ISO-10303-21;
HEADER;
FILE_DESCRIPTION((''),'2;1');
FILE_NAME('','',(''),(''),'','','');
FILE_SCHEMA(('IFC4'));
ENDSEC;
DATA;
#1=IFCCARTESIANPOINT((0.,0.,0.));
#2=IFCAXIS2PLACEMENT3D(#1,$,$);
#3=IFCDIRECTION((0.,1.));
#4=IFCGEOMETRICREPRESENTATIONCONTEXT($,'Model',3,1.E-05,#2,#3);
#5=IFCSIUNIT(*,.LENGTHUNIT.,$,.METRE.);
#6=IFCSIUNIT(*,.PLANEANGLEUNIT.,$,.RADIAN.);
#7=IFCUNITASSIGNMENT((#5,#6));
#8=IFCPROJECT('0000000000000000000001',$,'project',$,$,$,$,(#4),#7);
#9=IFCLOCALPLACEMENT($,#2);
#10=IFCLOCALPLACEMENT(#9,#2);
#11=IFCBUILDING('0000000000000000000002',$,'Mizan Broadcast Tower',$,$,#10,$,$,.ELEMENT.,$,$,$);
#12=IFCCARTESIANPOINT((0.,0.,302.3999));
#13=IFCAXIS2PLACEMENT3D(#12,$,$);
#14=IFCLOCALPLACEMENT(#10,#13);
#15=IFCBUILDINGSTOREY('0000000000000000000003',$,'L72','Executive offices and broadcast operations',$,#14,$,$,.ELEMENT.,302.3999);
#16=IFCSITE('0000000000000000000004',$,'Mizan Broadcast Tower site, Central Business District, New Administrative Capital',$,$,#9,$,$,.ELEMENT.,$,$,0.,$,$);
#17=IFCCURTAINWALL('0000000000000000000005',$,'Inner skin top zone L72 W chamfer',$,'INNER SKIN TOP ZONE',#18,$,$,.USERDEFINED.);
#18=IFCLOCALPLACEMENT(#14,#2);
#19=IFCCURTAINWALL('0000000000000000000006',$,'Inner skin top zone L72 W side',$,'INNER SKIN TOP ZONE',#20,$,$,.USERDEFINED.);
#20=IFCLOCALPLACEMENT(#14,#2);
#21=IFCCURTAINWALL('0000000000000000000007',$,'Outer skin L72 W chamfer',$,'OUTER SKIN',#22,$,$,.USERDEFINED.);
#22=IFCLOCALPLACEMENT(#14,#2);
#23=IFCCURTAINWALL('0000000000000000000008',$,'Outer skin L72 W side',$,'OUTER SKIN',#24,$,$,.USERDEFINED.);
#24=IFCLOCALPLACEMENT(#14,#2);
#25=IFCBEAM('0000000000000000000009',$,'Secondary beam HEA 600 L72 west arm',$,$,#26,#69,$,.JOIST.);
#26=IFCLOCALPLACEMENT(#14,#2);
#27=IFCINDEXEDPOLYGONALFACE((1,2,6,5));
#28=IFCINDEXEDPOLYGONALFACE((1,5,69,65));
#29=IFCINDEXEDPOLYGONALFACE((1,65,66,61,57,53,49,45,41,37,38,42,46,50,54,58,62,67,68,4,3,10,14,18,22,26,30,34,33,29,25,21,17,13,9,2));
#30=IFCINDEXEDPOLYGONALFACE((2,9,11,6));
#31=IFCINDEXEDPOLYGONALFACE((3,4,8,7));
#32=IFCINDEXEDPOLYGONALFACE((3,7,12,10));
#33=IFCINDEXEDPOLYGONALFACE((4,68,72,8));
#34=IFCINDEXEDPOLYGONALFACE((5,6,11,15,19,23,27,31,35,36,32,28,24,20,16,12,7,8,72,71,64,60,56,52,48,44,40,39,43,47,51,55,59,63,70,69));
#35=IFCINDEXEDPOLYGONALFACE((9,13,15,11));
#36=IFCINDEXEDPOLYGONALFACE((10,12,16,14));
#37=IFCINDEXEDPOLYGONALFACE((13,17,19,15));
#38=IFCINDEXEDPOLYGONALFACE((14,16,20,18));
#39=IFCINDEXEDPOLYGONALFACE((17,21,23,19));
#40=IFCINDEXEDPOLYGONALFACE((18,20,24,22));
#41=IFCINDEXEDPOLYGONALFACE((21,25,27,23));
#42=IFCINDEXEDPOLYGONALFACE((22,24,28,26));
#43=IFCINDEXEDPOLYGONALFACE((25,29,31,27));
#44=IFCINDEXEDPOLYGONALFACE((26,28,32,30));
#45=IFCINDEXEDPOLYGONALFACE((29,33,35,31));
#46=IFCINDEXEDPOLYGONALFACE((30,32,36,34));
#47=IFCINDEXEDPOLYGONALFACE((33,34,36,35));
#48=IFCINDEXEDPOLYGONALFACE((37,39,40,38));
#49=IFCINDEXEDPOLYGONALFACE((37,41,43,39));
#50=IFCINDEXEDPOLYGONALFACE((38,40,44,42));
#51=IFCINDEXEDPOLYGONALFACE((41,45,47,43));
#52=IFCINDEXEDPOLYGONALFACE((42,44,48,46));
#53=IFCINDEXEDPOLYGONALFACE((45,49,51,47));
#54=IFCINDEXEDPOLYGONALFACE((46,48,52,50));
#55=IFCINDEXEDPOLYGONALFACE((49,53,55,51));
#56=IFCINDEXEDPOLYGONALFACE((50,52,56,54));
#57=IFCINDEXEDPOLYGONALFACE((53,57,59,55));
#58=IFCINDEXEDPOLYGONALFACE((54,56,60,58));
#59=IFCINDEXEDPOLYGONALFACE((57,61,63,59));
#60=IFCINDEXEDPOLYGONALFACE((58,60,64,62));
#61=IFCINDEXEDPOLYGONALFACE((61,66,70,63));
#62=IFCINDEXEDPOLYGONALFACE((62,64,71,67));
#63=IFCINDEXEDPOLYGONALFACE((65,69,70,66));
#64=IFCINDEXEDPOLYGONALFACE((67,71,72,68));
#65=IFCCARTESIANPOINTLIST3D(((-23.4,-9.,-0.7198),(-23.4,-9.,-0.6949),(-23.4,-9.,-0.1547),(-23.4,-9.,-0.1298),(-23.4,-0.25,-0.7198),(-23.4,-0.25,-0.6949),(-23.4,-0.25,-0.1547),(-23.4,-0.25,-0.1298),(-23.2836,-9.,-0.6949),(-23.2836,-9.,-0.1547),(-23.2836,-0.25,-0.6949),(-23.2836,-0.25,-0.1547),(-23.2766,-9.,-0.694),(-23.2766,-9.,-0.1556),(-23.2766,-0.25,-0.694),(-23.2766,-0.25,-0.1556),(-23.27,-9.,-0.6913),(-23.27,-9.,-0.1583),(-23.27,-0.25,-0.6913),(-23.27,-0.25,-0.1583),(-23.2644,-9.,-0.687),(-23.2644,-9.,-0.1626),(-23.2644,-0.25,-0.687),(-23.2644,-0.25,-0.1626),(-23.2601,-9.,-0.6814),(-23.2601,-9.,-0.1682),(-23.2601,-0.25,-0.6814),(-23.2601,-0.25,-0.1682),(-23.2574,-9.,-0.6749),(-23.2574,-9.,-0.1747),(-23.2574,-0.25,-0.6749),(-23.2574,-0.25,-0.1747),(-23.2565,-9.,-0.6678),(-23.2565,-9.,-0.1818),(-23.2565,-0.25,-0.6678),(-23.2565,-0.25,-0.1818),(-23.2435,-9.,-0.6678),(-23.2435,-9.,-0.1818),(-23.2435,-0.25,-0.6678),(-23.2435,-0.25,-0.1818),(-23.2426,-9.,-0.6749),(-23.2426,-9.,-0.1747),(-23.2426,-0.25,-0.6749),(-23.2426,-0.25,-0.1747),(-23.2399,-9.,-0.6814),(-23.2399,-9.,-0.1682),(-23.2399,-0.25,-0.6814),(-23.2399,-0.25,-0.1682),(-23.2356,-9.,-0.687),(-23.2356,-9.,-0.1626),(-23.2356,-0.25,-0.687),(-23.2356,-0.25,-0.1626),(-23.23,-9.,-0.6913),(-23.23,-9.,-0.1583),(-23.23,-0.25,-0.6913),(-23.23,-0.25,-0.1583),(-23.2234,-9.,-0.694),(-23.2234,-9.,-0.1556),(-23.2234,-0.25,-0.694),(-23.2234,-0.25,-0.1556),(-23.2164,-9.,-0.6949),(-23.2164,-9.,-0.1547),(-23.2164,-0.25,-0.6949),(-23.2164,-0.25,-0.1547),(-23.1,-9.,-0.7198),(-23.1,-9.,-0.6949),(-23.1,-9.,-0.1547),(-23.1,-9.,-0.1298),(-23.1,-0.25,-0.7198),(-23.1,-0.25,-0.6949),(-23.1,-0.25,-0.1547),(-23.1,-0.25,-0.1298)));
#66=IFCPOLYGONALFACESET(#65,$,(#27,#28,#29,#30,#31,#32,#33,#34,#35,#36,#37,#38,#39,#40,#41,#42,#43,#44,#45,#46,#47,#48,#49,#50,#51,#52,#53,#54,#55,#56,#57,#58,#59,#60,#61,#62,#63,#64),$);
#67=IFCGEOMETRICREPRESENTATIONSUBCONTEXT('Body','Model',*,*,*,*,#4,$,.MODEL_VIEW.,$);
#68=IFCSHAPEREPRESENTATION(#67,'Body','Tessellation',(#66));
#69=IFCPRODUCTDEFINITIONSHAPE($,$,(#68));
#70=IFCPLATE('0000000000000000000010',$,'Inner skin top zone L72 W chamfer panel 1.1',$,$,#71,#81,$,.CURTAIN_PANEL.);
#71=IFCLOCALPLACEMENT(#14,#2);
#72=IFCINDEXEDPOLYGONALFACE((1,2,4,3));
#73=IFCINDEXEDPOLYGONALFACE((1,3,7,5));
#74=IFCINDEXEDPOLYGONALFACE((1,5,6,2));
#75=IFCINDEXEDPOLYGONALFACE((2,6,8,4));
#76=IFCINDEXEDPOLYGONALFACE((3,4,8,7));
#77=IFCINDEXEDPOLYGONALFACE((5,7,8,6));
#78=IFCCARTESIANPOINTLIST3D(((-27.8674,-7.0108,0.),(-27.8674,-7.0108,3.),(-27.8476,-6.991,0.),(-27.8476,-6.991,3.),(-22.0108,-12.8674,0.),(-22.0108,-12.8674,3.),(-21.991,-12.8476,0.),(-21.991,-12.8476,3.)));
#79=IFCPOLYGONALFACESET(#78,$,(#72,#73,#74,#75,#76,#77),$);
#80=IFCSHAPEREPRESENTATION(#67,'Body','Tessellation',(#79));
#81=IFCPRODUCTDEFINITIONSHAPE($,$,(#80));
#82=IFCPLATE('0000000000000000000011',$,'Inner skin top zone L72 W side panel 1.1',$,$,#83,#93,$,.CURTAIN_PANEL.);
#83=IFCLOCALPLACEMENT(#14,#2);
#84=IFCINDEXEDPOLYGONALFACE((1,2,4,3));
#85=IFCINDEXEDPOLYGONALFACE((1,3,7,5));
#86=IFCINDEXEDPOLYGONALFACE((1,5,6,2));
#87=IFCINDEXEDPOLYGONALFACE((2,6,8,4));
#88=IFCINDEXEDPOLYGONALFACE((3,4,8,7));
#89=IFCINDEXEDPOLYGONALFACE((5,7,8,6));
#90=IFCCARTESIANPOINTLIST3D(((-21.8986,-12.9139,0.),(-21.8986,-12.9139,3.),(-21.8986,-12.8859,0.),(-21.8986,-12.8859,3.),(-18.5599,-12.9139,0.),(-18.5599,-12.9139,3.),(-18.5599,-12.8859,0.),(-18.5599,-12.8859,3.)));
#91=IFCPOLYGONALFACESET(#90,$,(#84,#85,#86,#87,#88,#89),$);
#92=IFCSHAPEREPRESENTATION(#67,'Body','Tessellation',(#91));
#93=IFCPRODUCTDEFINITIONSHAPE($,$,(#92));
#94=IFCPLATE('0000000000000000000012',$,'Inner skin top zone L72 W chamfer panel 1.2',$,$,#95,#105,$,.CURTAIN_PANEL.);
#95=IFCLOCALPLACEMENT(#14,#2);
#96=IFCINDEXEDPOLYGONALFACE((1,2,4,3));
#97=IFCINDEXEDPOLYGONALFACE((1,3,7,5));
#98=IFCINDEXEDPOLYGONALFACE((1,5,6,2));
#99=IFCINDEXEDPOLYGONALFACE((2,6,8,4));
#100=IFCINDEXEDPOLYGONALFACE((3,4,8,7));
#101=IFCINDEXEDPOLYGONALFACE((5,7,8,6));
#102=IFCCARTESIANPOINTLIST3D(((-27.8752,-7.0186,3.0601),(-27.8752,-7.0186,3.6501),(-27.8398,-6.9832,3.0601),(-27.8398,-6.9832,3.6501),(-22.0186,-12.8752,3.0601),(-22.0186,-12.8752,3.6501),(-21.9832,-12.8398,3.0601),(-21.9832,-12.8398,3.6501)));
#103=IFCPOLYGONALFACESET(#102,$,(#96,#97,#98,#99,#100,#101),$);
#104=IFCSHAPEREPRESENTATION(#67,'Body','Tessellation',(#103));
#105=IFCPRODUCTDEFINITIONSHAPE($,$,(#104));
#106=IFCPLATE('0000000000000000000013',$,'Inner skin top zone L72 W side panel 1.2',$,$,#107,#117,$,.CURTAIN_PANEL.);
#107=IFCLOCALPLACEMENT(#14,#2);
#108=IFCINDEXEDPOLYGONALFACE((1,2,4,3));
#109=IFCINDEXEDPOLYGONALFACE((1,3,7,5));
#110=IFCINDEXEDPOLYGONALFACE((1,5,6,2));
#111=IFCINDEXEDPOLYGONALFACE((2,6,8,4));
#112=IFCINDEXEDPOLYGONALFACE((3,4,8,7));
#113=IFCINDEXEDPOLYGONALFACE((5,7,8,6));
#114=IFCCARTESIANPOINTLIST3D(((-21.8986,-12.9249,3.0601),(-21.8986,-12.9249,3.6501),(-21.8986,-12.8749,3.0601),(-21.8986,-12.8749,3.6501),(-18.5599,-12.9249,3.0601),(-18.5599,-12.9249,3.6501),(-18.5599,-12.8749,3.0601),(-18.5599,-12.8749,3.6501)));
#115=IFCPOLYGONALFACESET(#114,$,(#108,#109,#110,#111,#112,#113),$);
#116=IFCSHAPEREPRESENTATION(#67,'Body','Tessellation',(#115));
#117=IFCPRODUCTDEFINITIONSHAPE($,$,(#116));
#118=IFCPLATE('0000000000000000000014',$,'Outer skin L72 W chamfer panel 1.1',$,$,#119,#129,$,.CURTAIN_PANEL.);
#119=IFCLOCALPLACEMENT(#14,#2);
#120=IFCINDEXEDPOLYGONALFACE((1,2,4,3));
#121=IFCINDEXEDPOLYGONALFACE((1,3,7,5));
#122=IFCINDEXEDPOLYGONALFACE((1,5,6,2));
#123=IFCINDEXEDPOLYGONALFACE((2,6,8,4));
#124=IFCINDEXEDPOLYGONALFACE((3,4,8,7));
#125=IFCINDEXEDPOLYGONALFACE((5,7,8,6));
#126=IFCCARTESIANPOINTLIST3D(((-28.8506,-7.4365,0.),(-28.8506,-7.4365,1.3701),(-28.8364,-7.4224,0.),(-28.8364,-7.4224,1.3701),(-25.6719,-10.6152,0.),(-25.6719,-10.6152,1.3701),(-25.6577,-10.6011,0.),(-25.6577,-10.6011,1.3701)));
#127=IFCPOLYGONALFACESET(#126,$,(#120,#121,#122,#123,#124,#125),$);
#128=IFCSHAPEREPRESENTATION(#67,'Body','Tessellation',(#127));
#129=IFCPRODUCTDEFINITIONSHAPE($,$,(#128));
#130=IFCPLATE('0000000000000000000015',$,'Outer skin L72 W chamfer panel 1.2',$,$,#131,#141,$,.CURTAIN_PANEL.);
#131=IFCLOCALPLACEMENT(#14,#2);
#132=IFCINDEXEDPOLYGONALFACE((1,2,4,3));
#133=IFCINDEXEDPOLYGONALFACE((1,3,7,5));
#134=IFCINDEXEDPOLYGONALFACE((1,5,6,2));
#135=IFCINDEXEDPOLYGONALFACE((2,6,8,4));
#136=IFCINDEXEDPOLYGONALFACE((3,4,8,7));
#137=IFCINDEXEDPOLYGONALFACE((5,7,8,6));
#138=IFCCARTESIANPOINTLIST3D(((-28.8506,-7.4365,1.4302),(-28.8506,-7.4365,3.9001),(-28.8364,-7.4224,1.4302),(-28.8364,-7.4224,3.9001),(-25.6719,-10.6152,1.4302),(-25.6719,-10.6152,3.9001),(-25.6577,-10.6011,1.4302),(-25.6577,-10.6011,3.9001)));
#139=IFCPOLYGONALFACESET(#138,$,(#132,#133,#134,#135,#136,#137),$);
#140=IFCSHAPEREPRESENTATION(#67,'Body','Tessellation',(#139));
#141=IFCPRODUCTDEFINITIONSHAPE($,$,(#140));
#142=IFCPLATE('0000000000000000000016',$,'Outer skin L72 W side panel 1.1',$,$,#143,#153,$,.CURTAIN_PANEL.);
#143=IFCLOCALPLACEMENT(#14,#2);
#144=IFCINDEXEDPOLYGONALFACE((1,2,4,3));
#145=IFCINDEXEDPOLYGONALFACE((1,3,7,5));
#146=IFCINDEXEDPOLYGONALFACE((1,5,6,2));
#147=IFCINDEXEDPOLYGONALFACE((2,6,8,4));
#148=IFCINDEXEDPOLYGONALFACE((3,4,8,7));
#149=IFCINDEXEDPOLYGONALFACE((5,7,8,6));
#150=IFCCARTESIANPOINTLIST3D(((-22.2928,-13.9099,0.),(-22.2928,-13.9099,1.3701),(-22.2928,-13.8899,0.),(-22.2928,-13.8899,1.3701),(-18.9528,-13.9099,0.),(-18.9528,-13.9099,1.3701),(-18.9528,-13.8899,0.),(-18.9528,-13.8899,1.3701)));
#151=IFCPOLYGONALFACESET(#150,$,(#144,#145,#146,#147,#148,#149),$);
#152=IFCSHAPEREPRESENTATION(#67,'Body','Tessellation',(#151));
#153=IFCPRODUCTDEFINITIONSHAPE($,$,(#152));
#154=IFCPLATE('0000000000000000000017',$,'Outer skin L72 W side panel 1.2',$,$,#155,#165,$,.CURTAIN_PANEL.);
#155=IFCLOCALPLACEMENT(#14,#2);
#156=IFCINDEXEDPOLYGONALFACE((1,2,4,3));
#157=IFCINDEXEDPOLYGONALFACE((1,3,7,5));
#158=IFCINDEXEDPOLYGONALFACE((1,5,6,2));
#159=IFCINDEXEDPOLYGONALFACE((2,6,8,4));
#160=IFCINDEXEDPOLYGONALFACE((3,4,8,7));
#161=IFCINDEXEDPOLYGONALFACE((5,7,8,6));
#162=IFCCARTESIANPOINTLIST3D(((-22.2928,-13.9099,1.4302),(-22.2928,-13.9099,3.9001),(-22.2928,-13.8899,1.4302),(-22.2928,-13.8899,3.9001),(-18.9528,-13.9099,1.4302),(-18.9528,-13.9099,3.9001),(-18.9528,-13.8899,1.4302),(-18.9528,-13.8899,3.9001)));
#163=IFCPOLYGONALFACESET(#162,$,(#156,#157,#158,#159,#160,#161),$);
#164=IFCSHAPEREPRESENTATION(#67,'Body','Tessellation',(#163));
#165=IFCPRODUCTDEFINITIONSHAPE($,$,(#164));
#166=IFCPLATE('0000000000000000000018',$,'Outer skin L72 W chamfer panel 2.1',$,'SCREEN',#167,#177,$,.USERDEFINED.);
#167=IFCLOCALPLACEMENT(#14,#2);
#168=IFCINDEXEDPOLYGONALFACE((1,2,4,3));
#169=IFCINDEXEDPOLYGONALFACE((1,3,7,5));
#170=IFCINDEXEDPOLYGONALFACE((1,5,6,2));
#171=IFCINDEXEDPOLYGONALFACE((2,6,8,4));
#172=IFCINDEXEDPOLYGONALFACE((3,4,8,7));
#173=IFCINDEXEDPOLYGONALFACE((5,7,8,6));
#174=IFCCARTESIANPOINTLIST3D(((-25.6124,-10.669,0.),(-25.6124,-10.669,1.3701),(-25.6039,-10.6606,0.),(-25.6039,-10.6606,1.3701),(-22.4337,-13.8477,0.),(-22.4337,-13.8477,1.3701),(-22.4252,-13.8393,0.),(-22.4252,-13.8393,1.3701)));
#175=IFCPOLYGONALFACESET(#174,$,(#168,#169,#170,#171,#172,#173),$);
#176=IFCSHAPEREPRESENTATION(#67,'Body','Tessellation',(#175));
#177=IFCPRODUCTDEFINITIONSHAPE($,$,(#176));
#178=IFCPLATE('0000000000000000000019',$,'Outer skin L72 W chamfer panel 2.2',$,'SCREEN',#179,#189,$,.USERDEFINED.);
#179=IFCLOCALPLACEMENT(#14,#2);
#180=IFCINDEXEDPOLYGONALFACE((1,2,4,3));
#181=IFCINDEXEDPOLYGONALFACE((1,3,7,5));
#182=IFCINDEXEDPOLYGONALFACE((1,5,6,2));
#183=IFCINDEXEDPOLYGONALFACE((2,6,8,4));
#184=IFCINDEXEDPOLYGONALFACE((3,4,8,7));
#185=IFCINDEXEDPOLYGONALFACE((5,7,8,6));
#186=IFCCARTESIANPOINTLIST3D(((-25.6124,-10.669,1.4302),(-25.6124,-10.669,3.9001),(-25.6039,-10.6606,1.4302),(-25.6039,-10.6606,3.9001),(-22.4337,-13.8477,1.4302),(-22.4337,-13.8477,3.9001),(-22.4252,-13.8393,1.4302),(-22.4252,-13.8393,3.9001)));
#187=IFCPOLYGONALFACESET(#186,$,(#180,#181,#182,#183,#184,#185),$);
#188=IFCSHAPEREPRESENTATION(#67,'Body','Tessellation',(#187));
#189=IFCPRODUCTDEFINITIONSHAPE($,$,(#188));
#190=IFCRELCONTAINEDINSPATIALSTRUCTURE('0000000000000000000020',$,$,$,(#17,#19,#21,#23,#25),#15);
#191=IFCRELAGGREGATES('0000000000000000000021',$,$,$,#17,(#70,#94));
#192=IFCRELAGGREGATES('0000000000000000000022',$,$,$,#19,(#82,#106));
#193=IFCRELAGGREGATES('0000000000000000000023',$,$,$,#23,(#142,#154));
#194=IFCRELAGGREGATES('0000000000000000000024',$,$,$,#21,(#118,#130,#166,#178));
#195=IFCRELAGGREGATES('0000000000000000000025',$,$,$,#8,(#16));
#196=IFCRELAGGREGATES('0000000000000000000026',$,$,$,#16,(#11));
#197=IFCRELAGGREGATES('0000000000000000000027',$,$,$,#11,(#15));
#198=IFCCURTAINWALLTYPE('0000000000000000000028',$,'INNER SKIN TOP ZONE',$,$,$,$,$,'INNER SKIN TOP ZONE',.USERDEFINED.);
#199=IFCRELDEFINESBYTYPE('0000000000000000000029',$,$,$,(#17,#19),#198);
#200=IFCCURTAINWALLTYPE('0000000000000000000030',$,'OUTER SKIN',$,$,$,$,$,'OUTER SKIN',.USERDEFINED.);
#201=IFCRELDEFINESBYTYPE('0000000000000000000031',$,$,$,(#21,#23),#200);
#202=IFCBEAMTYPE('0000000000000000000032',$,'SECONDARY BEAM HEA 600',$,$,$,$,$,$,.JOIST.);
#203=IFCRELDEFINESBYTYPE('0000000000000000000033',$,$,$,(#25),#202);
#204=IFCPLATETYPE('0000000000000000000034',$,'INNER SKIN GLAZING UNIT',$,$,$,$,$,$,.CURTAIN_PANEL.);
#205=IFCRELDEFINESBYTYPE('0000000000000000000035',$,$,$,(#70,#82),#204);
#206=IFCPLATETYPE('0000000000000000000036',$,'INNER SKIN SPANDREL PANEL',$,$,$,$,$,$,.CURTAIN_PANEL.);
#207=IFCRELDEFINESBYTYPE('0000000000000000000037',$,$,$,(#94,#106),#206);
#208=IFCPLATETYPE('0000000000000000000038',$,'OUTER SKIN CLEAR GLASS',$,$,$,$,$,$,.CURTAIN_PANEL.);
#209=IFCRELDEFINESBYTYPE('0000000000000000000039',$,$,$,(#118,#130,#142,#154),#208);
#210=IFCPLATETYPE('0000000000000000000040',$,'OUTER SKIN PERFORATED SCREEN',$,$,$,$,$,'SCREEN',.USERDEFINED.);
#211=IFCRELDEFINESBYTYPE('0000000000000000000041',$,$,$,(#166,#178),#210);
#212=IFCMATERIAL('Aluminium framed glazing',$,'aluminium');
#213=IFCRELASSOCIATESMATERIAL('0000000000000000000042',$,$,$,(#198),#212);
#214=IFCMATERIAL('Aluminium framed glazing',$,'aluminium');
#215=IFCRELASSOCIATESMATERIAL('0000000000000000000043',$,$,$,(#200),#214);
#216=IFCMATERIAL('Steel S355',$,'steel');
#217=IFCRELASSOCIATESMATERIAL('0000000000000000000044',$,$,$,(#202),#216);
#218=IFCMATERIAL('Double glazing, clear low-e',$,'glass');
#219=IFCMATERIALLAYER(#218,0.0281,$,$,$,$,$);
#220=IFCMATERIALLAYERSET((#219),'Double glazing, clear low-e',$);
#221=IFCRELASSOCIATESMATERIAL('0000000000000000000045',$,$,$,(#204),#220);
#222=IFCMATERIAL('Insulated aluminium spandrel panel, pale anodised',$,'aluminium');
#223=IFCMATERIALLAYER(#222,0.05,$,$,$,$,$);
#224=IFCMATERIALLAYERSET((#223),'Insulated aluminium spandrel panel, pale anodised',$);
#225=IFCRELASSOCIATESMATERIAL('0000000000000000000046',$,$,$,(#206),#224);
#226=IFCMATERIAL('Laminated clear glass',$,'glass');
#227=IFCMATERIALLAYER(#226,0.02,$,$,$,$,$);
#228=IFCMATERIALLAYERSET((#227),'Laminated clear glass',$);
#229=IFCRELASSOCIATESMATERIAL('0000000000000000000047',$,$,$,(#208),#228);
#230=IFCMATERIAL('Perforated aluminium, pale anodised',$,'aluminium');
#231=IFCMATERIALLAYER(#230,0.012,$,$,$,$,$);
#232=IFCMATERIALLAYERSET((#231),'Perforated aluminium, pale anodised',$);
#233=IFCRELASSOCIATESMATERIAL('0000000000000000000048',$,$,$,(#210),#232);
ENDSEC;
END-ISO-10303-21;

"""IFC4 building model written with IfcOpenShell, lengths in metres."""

from ifc_helpers import new_model, si_unit, direction, frame, origin, origin_2d, place, context, subcontext, project, spatial, rectangle, i_section, extrude, material, layer, layer_set, material_profile, profile_set, type_object, element, aggregate, save


model = new_model("IFC4")

# Units and contexts
model_context = context("Model", 3, precision=1e-05, world=origin(), true_north=direction((0.0, 1.0)))
body_context = subcontext(model_context, "Body", "Model", "MODEL_VIEW")
ifc_project = project(units=[si_unit("LENGTHUNIT", "METRE"), si_unit("PLANEANGLEUNIT", "RADIAN")], contexts=[model_context])

# Site, building, storey
site_placement = place(None, origin())
site = spatial("IfcSite", under=ifc_project, at=site_placement, Name="Mizan Broadcast Tower site, Central Business District, New Administrative Capital", CompositionType="ELEMENT", RefElevation=0.0)
building_placement = place(site_placement, origin())
building = spatial("IfcBuilding", under=site, at=building_placement, Name="Mizan Broadcast Tower", CompositionType="ELEMENT")
storey_placement = place(building_placement, frame((0.0, 0.0, 302.3999)))
storey = spatial("IfcBuildingStorey", under=building, at=storey_placement, Name="L72", Description="Executive offices and broadcast operations", CompositionType="ELEMENT", Elevation=302.3999)

# Shared definitions
ifc_material_1 = material(Name="Aluminium framed glazing", Category="aluminium")
curtain_wall_type_1 = type_object("IfcCurtainWallType", Name="INNER SKIN TOP ZONE", ElementType="INNER SKIN TOP ZONE", PredefinedType="USERDEFINED", material=ifc_material_1)

# Curtain wall
curtain_wall_1_placement = place(storey_placement, origin())
curtain_wall_1 = element("IfcCurtainWall", 1, at=curtain_wall_1_placement, inside=storey, type_object=curtain_wall_type_1, Name="Inner skin top zone L72 W chamfer", ObjectType="INNER SKIN TOP ZONE", PredefinedType="USERDEFINED")

# Curtain wall
curtain_wall_2_placement = place(storey_placement, origin())
curtain_wall_2 = element("IfcCurtainWall", 2, at=curtain_wall_2_placement, inside=storey, type_object=curtain_wall_type_1, Name="Inner skin top zone L72 W side", ObjectType="INNER SKIN TOP ZONE", PredefinedType="USERDEFINED")

# Curtain wall
ifc_material_2 = material(Name="Aluminium framed glazing", Category="aluminium")
curtain_wall_type_2 = type_object("IfcCurtainWallType", Name="OUTER SKIN", ElementType="OUTER SKIN", PredefinedType="USERDEFINED", material=ifc_material_2)
curtain_wall_3_placement = place(storey_placement, origin())
curtain_wall_3 = element("IfcCurtainWall", 3, at=curtain_wall_3_placement, inside=storey, type_object=curtain_wall_type_2, Name="Outer skin L72 W chamfer", ObjectType="OUTER SKIN", PredefinedType="USERDEFINED")

# Curtain wall
curtain_wall_4_placement = place(storey_placement, origin())
curtain_wall_4 = element("IfcCurtainWall", 4, at=curtain_wall_4_placement, inside=storey, type_object=curtain_wall_type_2, Name="Outer skin L72 W side", ObjectType="OUTER SKIN", PredefinedType="USERDEFINED")

# Beam
ifc_material_3 = material(Name="Steel S355", Category="steel")
ifc_material_profile_1 = material_profile(ifc_material_3, i_section(OverallWidth=0.3, OverallDepth=0.5901, WebThickness=0.0129, FlangeThickness=0.0249, FilletRadius=0.0271, at=origin_2d()), Name="HEA 600")
ifc_profile_set_1 = profile_set([ifc_material_profile_1], Name="Steel S355")
beam_type_1 = type_object("IfcBeamType", Name="SECONDARY BEAM HEA 600", PredefinedType="JOIST", material=ifc_profile_set_1)
beam_1_placement = place(storey_placement, frame((-23.25, -9.0, -0.4248), z_axis=(0.0, 1.0, 0.0), x_axis=(-1.0, 0.0, 0.0)))
element("IfcBeam", 5, at=beam_1_placement, inside=storey, type_object=beam_type_1, Name="Secondary beam HEA 600 L72 west arm", PredefinedType="JOIST", context=body_context, shape_type="SweptSolid", body=[
    extrude(i_section(OverallWidth=0.3, OverallDepth=0.5901, WebThickness=0.0129, FlangeThickness=0.0249, FilletRadius=0.0271, at=origin_2d()), origin(), (0.0, 0.0, 1.0), 8.75),
])

# Plates
ifc_material_4 = material(Name="Double glazing, clear low-e", Category="glass")
ifc_layer_1 = layer(ifc_material_4, 0.0281)
ifc_layer_set_1 = layer_set([ifc_layer_1], Name="Double glazing, clear low-e")
plate_type_1 = type_object("IfcPlateType", Name="INNER SKIN GLAZING UNIT", PredefinedType="CURTAIN_PANEL", material=ifc_layer_set_1)
plate_1_placement = place(storey_placement, frame((-24.9292, -9.9292, 0.0), z_axis=(0.0, 0.0, 1.0), x_axis=(0.707107, -0.707107, 0.0)))
plate_1 = element("IfcPlate", 6, at=plate_1_placement, type_object=plate_type_1, Name="Inner skin top zone L72 W chamfer panel 1.1", PredefinedType="CURTAIN_PANEL", context=body_context, shape_type="SweptSolid", body=[
    extrude(rectangle(XDim=8.2825, YDim=0.0281, at=origin_2d()), origin(), (0.0, 0.0, 1.0), 3.0),
])
plate_2_placement = place(storey_placement, frame((-20.2292, -12.8999, 0.0), z_axis=(0.0, 0.0, 1.0), x_axis=(1.0, 0.0, 0.0)))
plate_2 = element("IfcPlate", 7, at=plate_2_placement, type_object=plate_type_1, Name="Inner skin top zone L72 W side panel 1.1", PredefinedType="CURTAIN_PANEL", context=body_context, shape_type="SweptSolid", body=[
    extrude(rectangle(XDim=3.3386, YDim=0.0281, at=origin_2d()), origin(), (0.0, 0.0, 1.0), 3.0),
])
ifc_material_5 = material(Name="Insulated aluminium spandrel panel, pale anodised", Category="aluminium")
ifc_layer_2 = layer(ifc_material_5, 0.05)
ifc_layer_set_2 = layer_set([ifc_layer_2], Name="Insulated aluminium spandrel panel, pale anodised")
plate_type_2 = type_object("IfcPlateType", Name="INNER SKIN SPANDREL PANEL", PredefinedType="CURTAIN_PANEL", material=ifc_layer_set_2)
plate_3_placement = place(storey_placement, frame((-24.9292, -9.9292, 3.0601), z_axis=(0.0, 0.0, 1.0), x_axis=(0.707107, -0.707107, 0.0)))
plate_3 = element("IfcPlate", 8, at=plate_3_placement, type_object=plate_type_2, Name="Inner skin top zone L72 W chamfer panel 1.2", PredefinedType="CURTAIN_PANEL", context=body_context, shape_type="SweptSolid", body=[
    extrude(rectangle(XDim=8.2825, YDim=0.05, at=origin_2d()), origin(), (0.0, 0.0, 1.0), 0.5901),
])
aggregate(curtain_wall_1, [plate_1, plate_3])
plate_4_placement = place(storey_placement, frame((-20.2292, -12.8999, 3.0601), z_axis=(0.0, 0.0, 1.0), x_axis=(1.0, 0.0, 0.0)))
plate_4 = element("IfcPlate", 9, at=plate_4_placement, type_object=plate_type_2, Name="Inner skin top zone L72 W side panel 1.2", PredefinedType="CURTAIN_PANEL", context=body_context, shape_type="SweptSolid", body=[
    extrude(rectangle(XDim=3.3386, YDim=0.05, at=origin_2d()), origin(), (0.0, 0.0, 1.0), 0.5901),
])
aggregate(curtain_wall_2, [plate_2, plate_4])
ifc_material_6 = material(Name="Laminated clear glass", Category="glass")
ifc_layer_3 = layer(ifc_material_6, 0.02)
ifc_layer_set_3 = layer_set([ifc_layer_3], Name="Laminated clear glass")
plate_type_3 = type_object("IfcPlateType", Name="OUTER SKIN CLEAR GLASS", PredefinedType="CURTAIN_PANEL", material=ifc_layer_set_3)
plate_5_placement = place(storey_placement, frame((-27.2542, -9.0188, 0.0), z_axis=(0.0, 0.0, 1.0), x_axis=(0.707107, -0.707107, 0.0)))
plate_5 = element("IfcPlate", 10, at=plate_5_placement, type_object=plate_type_3, Name="Outer skin L72 W chamfer panel 1.1", PredefinedType="CURTAIN_PANEL", context=body_context, shape_type="SweptSolid", body=[
    extrude(rectangle(XDim=4.4954, YDim=0.02, at=origin_2d()), origin(), (0.0, 0.0, 1.0), 1.3701),
])
plate_6_placement = place(storey_placement, frame((-27.2542, -9.0188, 1.4302), z_axis=(0.0, 0.0, 1.0), x_axis=(0.707107, -0.707107, 0.0)))
plate_6 = element("IfcPlate", 11, at=plate_6_placement, type_object=plate_type_3, Name="Outer skin L72 W chamfer panel 1.2", PredefinedType="CURTAIN_PANEL", context=body_context, shape_type="SweptSolid", body=[
    extrude(rectangle(XDim=4.4954, YDim=0.02, at=origin_2d()), origin(), (0.0, 0.0, 1.0), 2.47),
])
plate_7_placement = place(storey_placement, frame((-20.6228, -13.8999, 0.0), z_axis=(0.0, 0.0, 1.0), x_axis=(1.0, 0.0, 0.0)))
plate_7 = element("IfcPlate", 12, at=plate_7_placement, type_object=plate_type_3, Name="Outer skin L72 W side panel 1.1", PredefinedType="CURTAIN_PANEL", context=body_context, shape_type="SweptSolid", body=[
    extrude(rectangle(XDim=3.3401, YDim=0.02, at=origin_2d()), origin(), (0.0, 0.0, 1.0), 1.3701),
])
plate_8_placement = place(storey_placement, frame((-20.6228, -13.8999, 1.4302), z_axis=(0.0, 0.0, 1.0), x_axis=(1.0, 0.0, 0.0)))
plate_8 = element("IfcPlate", 13, at=plate_8_placement, type_object=plate_type_3, Name="Outer skin L72 W side panel 1.2", PredefinedType="CURTAIN_PANEL", context=body_context, shape_type="SweptSolid", body=[
    extrude(rectangle(XDim=3.3401, YDim=0.02, at=origin_2d()), origin(), (0.0, 0.0, 1.0), 2.47),
])
aggregate(curtain_wall_4, [plate_7, plate_8])
ifc_material_7 = material(Name="Perforated aluminium, pale anodised", Category="aluminium")
ifc_layer_4 = layer(ifc_material_7, 0.012)
ifc_layer_set_4 = layer_set([ifc_layer_4], Name="Perforated aluminium, pale anodised")
plate_type_4 = type_object("IfcPlateType", Name="OUTER SKIN PERFORATED SCREEN", ElementType="SCREEN", PredefinedType="USERDEFINED", material=ifc_layer_set_4)
plate_9_placement = place(storey_placement, frame((-24.0188, -12.2542, 0.0), z_axis=(0.0, 0.0, 1.0), x_axis=(0.707107, -0.707107, 0.0)))
plate_9 = element("IfcPlate", 14, at=plate_9_placement, type_object=plate_type_4, Name="Outer skin L72 W chamfer panel 2.1", ObjectType="SCREEN", PredefinedType="USERDEFINED", context=body_context, shape_type="SweptSolid", body=[
    extrude(rectangle(XDim=4.4954, YDim=0.012, at=origin_2d()), origin(), (0.0, 0.0, 1.0), 1.3701),
])
plate_10_placement = place(storey_placement, frame((-24.0188, -12.2542, 1.4302), z_axis=(0.0, 0.0, 1.0), x_axis=(0.707107, -0.707107, 0.0)))
plate_10 = element("IfcPlate", 15, at=plate_10_placement, type_object=plate_type_4, Name="Outer skin L72 W chamfer panel 2.2", ObjectType="SCREEN", PredefinedType="USERDEFINED", context=body_context, shape_type="SweptSolid", body=[
    extrude(rectangle(XDim=4.4954, YDim=0.012, at=origin_2d()), origin(), (0.0, 0.0, 1.0), 2.47),
])
aggregate(curtain_wall_3, [plate_5, plate_6, plate_9, plate_10])

save(model, "model.ifc")
